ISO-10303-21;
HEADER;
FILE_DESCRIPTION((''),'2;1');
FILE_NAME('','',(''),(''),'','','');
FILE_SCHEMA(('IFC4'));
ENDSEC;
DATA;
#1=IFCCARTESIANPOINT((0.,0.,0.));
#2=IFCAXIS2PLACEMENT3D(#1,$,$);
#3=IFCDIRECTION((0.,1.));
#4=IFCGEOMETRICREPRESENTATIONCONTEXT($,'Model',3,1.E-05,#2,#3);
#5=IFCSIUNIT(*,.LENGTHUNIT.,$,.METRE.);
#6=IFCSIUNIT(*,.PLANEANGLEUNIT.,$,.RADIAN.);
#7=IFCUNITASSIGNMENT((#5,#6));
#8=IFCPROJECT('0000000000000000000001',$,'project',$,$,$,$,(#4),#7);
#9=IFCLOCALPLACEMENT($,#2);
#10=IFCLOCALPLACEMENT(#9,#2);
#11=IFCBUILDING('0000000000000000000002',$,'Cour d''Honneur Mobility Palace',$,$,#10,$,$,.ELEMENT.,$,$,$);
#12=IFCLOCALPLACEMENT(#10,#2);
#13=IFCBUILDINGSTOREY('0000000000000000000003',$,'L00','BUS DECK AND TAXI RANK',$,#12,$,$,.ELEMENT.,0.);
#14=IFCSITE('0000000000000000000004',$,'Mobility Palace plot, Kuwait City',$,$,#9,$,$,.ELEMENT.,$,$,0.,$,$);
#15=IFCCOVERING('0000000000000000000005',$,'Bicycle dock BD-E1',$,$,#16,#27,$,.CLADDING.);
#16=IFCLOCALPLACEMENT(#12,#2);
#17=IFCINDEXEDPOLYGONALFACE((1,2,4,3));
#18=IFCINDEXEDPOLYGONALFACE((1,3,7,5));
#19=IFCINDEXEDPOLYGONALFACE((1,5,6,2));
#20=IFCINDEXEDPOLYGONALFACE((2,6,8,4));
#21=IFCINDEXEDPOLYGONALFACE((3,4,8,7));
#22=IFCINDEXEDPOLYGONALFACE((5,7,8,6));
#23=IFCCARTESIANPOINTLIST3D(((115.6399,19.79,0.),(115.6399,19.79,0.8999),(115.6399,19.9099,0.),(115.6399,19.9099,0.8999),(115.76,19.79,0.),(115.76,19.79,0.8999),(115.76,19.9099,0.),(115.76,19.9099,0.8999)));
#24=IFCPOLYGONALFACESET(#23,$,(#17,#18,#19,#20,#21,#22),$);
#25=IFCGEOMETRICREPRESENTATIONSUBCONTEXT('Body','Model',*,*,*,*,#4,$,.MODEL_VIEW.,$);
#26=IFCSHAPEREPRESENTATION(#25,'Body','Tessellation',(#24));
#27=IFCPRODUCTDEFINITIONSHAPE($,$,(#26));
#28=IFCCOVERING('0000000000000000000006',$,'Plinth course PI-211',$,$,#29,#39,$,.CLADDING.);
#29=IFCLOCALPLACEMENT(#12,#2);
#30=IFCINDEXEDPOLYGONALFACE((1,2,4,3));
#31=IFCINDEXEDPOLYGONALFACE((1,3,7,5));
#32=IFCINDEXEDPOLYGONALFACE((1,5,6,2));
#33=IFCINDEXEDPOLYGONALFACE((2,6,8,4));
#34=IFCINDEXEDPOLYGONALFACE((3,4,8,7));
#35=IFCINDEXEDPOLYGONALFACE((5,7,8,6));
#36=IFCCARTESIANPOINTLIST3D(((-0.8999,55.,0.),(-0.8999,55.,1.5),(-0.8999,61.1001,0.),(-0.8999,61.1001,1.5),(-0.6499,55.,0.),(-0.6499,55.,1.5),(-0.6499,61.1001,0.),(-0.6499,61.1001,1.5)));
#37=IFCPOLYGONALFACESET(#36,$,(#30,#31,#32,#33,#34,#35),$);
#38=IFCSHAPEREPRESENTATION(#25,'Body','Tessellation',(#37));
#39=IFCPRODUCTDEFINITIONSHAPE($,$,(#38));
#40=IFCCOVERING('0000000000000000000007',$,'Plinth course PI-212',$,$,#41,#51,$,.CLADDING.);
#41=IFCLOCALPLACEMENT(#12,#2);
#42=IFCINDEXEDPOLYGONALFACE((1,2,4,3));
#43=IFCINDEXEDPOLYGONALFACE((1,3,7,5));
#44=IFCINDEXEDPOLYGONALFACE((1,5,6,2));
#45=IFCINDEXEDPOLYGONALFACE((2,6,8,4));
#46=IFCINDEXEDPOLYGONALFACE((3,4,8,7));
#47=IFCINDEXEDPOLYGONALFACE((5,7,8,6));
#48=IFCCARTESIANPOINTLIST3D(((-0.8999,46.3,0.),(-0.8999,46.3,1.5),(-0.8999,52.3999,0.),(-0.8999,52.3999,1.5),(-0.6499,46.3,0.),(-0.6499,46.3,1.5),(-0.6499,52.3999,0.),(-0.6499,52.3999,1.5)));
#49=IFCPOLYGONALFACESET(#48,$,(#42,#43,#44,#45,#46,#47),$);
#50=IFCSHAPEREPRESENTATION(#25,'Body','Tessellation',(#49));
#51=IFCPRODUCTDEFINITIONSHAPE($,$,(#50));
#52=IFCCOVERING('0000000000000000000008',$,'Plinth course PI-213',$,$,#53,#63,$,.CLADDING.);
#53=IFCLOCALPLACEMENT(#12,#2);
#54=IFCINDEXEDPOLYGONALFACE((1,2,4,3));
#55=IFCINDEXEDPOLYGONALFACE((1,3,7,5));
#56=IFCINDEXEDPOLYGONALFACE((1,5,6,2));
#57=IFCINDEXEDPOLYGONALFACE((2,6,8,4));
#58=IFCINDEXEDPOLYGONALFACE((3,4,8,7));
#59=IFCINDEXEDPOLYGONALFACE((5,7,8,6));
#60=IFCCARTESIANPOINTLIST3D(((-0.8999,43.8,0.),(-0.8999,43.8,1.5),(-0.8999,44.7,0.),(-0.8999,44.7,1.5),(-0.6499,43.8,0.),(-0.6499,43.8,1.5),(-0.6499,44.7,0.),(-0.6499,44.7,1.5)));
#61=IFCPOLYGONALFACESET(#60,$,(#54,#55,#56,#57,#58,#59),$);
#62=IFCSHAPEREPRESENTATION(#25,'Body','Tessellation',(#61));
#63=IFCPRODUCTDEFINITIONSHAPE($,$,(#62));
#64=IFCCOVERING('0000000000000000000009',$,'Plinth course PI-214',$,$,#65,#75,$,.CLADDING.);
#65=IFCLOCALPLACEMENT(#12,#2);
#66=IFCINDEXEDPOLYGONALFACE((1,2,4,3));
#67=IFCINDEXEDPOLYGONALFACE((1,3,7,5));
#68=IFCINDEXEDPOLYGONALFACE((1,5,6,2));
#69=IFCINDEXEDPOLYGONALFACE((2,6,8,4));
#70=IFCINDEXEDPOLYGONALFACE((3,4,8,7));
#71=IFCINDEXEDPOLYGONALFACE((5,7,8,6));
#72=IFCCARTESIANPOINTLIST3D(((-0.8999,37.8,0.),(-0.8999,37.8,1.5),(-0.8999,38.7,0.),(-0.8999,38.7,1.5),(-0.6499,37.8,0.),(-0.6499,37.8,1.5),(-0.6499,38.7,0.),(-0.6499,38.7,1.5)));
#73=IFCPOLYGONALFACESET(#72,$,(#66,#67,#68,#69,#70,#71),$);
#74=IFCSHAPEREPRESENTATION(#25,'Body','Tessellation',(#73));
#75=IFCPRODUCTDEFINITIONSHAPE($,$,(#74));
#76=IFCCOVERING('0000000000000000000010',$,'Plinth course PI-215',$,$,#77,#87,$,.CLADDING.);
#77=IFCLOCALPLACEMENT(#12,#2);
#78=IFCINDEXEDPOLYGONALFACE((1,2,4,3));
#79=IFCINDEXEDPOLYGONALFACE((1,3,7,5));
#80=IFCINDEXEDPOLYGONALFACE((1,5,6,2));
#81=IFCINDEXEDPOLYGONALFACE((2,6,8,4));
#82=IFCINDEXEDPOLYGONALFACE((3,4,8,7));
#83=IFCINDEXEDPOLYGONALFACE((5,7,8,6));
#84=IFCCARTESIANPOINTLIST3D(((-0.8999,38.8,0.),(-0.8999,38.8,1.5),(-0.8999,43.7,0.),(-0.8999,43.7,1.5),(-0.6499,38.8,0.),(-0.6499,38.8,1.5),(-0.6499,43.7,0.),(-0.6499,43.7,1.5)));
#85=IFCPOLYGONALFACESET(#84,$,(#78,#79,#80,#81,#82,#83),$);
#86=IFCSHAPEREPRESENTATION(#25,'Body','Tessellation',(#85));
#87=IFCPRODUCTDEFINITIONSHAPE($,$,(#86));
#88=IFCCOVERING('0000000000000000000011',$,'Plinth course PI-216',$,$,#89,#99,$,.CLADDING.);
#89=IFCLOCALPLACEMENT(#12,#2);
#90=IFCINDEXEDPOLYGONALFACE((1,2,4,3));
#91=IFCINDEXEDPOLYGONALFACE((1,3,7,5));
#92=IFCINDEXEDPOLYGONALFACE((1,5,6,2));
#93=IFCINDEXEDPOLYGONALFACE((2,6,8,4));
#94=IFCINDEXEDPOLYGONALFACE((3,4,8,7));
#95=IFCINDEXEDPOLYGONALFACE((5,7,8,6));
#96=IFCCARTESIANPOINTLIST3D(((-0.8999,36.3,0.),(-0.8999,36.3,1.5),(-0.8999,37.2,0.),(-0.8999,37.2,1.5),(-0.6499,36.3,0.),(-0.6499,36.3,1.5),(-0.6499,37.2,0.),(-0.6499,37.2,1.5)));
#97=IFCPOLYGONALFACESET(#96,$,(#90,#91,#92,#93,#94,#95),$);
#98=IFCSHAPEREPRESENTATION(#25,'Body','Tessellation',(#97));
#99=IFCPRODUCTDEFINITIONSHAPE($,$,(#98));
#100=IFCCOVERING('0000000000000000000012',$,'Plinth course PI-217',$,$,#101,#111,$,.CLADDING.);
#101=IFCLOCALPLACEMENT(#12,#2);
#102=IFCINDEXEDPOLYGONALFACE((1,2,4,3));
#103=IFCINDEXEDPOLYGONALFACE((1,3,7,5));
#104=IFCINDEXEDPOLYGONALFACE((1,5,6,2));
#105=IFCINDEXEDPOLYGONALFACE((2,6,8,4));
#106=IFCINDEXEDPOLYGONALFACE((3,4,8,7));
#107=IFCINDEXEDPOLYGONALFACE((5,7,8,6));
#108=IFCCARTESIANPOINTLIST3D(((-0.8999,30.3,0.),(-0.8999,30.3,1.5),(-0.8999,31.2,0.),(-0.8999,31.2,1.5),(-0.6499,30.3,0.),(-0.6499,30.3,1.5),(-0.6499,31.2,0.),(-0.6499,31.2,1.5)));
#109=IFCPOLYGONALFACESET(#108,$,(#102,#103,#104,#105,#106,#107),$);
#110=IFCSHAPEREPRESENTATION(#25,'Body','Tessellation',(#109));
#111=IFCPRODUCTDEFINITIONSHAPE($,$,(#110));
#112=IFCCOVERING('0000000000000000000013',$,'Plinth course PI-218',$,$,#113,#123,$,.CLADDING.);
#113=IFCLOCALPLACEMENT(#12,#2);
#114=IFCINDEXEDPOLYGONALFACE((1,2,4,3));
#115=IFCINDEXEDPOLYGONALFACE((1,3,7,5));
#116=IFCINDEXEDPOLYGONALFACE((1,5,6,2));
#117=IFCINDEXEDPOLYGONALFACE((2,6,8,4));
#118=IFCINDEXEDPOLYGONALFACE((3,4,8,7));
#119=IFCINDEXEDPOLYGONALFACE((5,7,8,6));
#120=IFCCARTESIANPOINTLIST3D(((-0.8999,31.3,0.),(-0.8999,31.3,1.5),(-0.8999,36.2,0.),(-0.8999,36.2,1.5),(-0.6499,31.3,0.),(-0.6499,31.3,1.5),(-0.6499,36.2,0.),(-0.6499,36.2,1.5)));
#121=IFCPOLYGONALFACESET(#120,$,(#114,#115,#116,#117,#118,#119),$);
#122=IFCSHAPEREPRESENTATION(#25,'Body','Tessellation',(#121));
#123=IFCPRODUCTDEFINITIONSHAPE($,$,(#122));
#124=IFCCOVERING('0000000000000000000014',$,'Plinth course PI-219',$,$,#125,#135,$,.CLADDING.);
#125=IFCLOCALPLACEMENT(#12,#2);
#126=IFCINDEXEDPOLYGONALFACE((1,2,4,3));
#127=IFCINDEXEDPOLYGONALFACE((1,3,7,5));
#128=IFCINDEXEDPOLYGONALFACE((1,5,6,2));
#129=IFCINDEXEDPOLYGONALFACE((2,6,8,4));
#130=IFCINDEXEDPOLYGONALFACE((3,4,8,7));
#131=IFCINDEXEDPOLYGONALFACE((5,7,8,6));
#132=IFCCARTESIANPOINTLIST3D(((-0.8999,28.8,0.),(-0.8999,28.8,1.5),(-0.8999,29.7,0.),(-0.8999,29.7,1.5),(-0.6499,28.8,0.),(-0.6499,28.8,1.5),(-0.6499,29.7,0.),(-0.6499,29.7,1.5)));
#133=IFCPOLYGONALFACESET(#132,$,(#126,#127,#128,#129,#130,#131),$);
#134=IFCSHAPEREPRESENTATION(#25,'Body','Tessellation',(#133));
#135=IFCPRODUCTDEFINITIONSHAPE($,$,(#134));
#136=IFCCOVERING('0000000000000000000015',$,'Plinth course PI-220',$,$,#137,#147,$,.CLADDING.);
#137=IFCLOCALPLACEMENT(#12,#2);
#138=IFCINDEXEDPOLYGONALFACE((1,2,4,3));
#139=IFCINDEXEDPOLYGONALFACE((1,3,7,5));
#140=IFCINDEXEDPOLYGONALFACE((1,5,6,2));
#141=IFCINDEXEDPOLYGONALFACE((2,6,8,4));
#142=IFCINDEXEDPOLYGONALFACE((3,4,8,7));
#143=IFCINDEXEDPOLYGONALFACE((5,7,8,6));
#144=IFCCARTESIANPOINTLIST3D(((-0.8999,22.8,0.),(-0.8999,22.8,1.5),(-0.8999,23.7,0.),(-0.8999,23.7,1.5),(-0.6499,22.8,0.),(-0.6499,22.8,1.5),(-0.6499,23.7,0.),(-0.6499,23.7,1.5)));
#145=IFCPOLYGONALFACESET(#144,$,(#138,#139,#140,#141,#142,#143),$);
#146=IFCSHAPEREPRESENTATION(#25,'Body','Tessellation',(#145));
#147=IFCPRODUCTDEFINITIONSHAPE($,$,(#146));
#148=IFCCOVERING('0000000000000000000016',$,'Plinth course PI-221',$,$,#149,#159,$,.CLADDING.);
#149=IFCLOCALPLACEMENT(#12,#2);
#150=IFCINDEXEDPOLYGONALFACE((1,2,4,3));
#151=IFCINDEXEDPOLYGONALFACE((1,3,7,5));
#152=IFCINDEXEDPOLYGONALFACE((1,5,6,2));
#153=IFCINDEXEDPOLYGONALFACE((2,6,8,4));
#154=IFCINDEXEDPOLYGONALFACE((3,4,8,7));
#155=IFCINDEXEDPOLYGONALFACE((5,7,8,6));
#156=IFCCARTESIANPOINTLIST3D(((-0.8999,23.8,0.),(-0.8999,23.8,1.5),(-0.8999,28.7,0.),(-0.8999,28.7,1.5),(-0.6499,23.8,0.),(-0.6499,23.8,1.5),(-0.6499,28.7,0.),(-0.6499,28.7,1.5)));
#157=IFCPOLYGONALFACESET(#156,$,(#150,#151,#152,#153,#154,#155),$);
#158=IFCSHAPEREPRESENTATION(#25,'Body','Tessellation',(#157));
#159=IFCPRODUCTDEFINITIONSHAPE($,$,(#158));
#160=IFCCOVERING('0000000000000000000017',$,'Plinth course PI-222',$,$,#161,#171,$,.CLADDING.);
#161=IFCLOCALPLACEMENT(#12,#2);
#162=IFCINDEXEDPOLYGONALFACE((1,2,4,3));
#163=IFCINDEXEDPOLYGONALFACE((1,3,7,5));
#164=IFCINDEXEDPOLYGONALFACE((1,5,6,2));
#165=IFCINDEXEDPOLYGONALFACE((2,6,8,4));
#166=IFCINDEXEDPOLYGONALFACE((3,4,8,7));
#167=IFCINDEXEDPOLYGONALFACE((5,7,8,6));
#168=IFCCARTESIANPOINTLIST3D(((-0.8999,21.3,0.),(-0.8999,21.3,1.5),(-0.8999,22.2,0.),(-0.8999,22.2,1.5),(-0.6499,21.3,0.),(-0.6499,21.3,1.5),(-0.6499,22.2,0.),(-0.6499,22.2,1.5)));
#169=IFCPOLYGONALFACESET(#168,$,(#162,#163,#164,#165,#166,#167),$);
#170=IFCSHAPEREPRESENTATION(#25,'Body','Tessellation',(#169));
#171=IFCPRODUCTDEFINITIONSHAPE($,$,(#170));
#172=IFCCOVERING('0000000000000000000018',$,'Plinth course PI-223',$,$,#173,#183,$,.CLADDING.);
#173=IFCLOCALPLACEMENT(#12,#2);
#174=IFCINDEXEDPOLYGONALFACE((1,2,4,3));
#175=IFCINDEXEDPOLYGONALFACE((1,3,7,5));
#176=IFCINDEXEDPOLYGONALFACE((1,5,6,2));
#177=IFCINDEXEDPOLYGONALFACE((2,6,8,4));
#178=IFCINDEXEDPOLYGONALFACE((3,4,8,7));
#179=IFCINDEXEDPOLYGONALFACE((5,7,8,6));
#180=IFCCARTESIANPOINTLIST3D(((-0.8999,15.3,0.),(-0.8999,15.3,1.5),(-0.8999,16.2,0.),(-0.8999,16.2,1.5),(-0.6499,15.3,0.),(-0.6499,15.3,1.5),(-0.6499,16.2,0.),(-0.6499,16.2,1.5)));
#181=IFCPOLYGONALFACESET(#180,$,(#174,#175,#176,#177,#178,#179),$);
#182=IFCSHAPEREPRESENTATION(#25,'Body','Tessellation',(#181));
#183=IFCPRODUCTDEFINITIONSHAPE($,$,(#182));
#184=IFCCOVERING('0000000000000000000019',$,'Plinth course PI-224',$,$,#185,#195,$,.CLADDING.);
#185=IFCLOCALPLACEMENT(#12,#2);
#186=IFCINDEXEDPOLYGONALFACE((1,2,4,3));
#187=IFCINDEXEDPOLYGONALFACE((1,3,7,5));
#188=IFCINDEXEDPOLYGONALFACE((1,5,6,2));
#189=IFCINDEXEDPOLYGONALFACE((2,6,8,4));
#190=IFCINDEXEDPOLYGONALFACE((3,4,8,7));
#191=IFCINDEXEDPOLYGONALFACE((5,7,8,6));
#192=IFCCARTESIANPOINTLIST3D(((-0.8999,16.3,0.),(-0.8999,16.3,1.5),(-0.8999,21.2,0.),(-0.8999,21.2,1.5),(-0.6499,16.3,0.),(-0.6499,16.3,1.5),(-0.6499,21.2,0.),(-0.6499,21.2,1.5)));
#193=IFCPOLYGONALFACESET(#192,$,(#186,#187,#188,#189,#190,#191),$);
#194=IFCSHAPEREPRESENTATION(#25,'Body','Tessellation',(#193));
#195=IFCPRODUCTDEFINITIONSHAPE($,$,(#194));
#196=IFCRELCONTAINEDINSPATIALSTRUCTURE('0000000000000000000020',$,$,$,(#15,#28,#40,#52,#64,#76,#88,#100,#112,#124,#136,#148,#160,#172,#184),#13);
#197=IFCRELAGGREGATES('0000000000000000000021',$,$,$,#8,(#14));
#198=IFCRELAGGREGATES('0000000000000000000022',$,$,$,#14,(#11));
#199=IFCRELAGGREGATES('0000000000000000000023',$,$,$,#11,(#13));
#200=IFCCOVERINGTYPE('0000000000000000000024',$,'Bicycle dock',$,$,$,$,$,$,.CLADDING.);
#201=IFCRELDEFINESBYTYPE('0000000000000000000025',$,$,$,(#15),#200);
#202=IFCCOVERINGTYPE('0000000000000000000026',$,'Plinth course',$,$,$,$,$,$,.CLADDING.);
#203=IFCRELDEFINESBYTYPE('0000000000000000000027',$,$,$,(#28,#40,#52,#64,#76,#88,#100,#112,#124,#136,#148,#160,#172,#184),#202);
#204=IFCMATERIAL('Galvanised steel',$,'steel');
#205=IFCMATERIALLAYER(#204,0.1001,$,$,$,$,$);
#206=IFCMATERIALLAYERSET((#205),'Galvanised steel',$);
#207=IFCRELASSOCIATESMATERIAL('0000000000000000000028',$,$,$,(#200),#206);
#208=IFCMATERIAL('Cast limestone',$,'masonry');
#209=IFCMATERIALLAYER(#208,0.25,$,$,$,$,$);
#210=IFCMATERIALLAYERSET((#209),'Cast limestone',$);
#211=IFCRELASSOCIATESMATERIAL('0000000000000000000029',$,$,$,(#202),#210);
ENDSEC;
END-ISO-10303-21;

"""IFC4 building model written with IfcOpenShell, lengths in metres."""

from ifc_helpers import new_model, si_unit, direction, origin, place, context, subcontext, project, spatial, polyline, outline, extrude, material, layer, layer_set, type_object, element, save


model = new_model("IFC4")

# Units and contexts
model_context = context("Model", 3, precision=1e-05, world=origin(), true_north=direction((0.0, 1.0)))
body_context = subcontext(model_context, "Body", "Model", "MODEL_VIEW")
ifc_project = project(units=[si_unit("LENGTHUNIT", "METRE"), si_unit("PLANEANGLEUNIT", "RADIAN")], contexts=[model_context])

# Site, building, storey
site_placement = place(None, origin())
site = spatial("IfcSite", under=ifc_project, at=site_placement, Name="Mobility Palace plot, Kuwait City", CompositionType="ELEMENT", RefElevation=0.0)
building_placement = place(site_placement, origin())
building = spatial("IfcBuilding", under=site, at=building_placement, Name="Cour d'Honneur Mobility Palace", CompositionType="ELEMENT")
storey_placement = place(building_placement, origin())
storey = spatial("IfcBuildingStorey", under=building, at=storey_placement, Name="L00", Description="BUS DECK AND TAXI RANK", CompositionType="ELEMENT", Elevation=0.0)

# Coverings
ifc_material_1 = material(Name="Galvanised steel", Category="steel")
ifc_layer_1 = layer(ifc_material_1, 0.1001)
ifc_layer_set_1 = layer_set([ifc_layer_1], Name="Galvanised steel")
covering_type_1 = type_object("IfcCoveringType", Name="Bicycle dock", PredefinedType="CLADDING", material=ifc_layer_set_1)
covering_1_placement = place(storey_placement, origin())
element("IfcCovering", 1, at=covering_1_placement, inside=storey, type_object=covering_type_1, Name="Bicycle dock BD-E1", PredefinedType="CLADDING", context=body_context, shape_type="SweptSolid", body=[
    extrude(outline(polyline([(115.6399, 19.79), (115.76, 19.79), (115.76, 19.9099), (115.6399, 19.9099), (115.6399, 19.79)])), origin(), (0.0, 0.0, 1.0), 0.8999),
])
ifc_material_2 = material(Name="Cast limestone", Category="masonry")
ifc_layer_2 = layer(ifc_material_2, 0.25)
ifc_layer_set_2 = layer_set([ifc_layer_2], Name="Cast limestone")
covering_type_2 = type_object("IfcCoveringType", Name="Plinth course", PredefinedType="CLADDING", material=ifc_layer_set_2)
covering_2_placement = place(storey_placement, origin())
element("IfcCovering", 2, at=covering_2_placement, inside=storey, type_object=covering_type_2, Name="Plinth course PI-211", PredefinedType="CLADDING", context=body_context, shape_type="SweptSolid", body=[
    extrude(outline(polyline([(-0.6499, 61.1001), (-0.6499, 55.0), (-0.8999, 55.0), (-0.8999, 61.1001), (-0.6499, 61.1001)])), origin(), (0.0, 0.0, 1.0), 1.5),
])
covering_3_placement = place(storey_placement, origin())
element("IfcCovering", 3, at=covering_3_placement, inside=storey, type_object=covering_type_2, Name="Plinth course PI-212", PredefinedType="CLADDING", context=body_context, shape_type="SweptSolid", body=[
    extrude(outline(polyline([(-0.6499, 52.3999), (-0.6499, 46.3), (-0.8999, 46.3), (-0.8999, 52.3999), (-0.6499, 52.3999)])), origin(), (0.0, 0.0, 1.0), 1.5),
])
covering_4_placement = place(storey_placement, origin())
element("IfcCovering", 4, at=covering_4_placement, inside=storey, type_object=covering_type_2, Name="Plinth course PI-213", PredefinedType="CLADDING", context=body_context, shape_type="SweptSolid", body=[
    extrude(outline(polyline([(-0.6499, 44.7), (-0.6499, 43.8), (-0.8999, 43.8), (-0.8999, 44.7), (-0.6499, 44.7)])), origin(), (0.0, 0.0, 1.0), 1.5),
])
covering_5_placement = place(storey_placement, origin())
element("IfcCovering", 5, at=covering_5_placement, inside=storey, type_object=covering_type_2, Name="Plinth course PI-214", PredefinedType="CLADDING", context=body_context, shape_type="SweptSolid", body=[
    extrude(outline(polyline([(-0.6499, 38.7), (-0.6499, 37.8), (-0.8999, 37.8), (-0.8999, 38.7), (-0.6499, 38.7)])), origin(), (0.0, 0.0, 1.0), 1.5),
])
covering_6_placement = place(storey_placement, origin())
element("IfcCovering", 6, at=covering_6_placement, inside=storey, type_object=covering_type_2, Name="Plinth course PI-215", PredefinedType="CLADDING", context=body_context, shape_type="SweptSolid", body=[
    extrude(outline(polyline([(-0.6499, 43.7), (-0.6499, 38.8), (-0.8999, 38.8), (-0.8999, 43.7), (-0.6499, 43.7)])), origin(), (0.0, 0.0, 1.0), 1.5),
])
covering_7_placement = place(storey_placement, origin())
element("IfcCovering", 7, at=covering_7_placement, inside=storey, type_object=covering_type_2, Name="Plinth course PI-216", PredefinedType="CLADDING", context=body_context, shape_type="SweptSolid", body=[
    extrude(outline(polyline([(-0.6499, 37.2), (-0.6499, 36.3), (-0.8999, 36.3), (-0.8999, 37.2), (-0.6499, 37.2)])), origin(), (0.0, 0.0, 1.0), 1.5),
])
covering_8_placement = place(storey_placement, origin())
element("IfcCovering", 8, at=covering_8_placement, inside=storey, type_object=covering_type_2, Name="Plinth course PI-217", PredefinedType="CLADDING", context=body_context, shape_type="SweptSolid", body=[
    extrude(outline(polyline([(-0.6499, 31.2), (-0.6499, 30.3), (-0.8999, 30.3), (-0.8999, 31.2), (-0.6499, 31.2)])), origin(), (0.0, 0.0, 1.0), 1.5),
])
covering_9_placement = place(storey_placement, origin())
element("IfcCovering", 9, at=covering_9_placement, inside=storey, type_object=covering_type_2, Name="Plinth course PI-218", PredefinedType="CLADDING", context=body_context, shape_type="SweptSolid", body=[
    extrude(outline(polyline([(-0.6499, 36.2), (-0.6499, 31.3), (-0.8999, 31.3), (-0.8999, 36.2), (-0.6499, 36.2)])), origin(), (0.0, 0.0, 1.0), 1.5),
])
covering_10_placement = place(storey_placement, origin())
element("IfcCovering", 10, at=covering_10_placement, inside=storey, type_object=covering_type_2, Name="Plinth course PI-219", PredefinedType="CLADDING", context=body_context, shape_type="SweptSolid", body=[
    extrude(outline(polyline([(-0.6499, 29.7), (-0.6499, 28.8), (-0.8999, 28.8), (-0.8999, 29.7), (-0.6499, 29.7)])), origin(), (0.0, 0.0, 1.0), 1.5),
])
covering_11_placement = place(storey_placement, origin())
element("IfcCovering", 11, at=covering_11_placement, inside=storey, type_object=covering_type_2, Name="Plinth course PI-220", PredefinedType="CLADDING", context=body_context, shape_type="SweptSolid", body=[
    extrude(outline(polyline([(-0.6499, 23.7), (-0.6499, 22.8), (-0.8999, 22.8), (-0.8999, 23.7), (-0.6499, 23.7)])), origin(), (0.0, 0.0, 1.0), 1.5),
])
covering_12_placement = place(storey_placement, origin())
element("IfcCovering", 12, at=covering_12_placement, inside=storey, type_object=covering_type_2, Name="Plinth course PI-221", PredefinedType="CLADDING", context=body_context, shape_type="SweptSolid", body=[
    extrude(outline(polyline([(-0.6499, 28.7), (-0.6499, 23.8), (-0.8999, 23.8), (-0.8999, 28.7), (-0.6499, 28.7)])), origin(), (0.0, 0.0, 1.0), 1.5),
])
covering_13_placement = place(storey_placement, origin())
element("IfcCovering", 13, at=covering_13_placement, inside=storey, type_object=covering_type_2, Name="Plinth course PI-222", PredefinedType="CLADDING", context=body_context, shape_type="SweptSolid", body=[
    extrude(outline(polyline([(-0.6499, 22.2), (-0.6499, 21.3), (-0.8999, 21.3), (-0.8999, 22.2), (-0.6499, 22.2)])), origin(), (0.0, 0.0, 1.0), 1.5),
])
covering_14_placement = place(storey_placement, origin())
element("IfcCovering", 14, at=covering_14_placement, inside=storey, type_object=covering_type_2, Name="Plinth course PI-223", PredefinedType="CLADDING", context=body_context, shape_type="SweptSolid", body=[
    extrude(outline(polyline([(-0.6499, 16.2), (-0.6499, 15.3), (-0.8999, 15.3), (-0.8999, 16.2), (-0.6499, 16.2)])), origin(), (0.0, 0.0, 1.0), 1.5),
])
covering_15_placement = place(storey_placement, origin())
element("IfcCovering", 15, at=covering_15_placement, inside=storey, type_object=covering_type_2, Name="Plinth course PI-224", PredefinedType="CLADDING", context=body_context, shape_type="SweptSolid", body=[
    extrude(outline(polyline([(-0.6499, 21.2), (-0.6499, 16.3), (-0.8999, 16.3), (-0.8999, 21.2), (-0.6499, 21.2)])), origin(), (0.0, 0.0, 1.0), 1.5),
])

save(model, "model.ifc")
